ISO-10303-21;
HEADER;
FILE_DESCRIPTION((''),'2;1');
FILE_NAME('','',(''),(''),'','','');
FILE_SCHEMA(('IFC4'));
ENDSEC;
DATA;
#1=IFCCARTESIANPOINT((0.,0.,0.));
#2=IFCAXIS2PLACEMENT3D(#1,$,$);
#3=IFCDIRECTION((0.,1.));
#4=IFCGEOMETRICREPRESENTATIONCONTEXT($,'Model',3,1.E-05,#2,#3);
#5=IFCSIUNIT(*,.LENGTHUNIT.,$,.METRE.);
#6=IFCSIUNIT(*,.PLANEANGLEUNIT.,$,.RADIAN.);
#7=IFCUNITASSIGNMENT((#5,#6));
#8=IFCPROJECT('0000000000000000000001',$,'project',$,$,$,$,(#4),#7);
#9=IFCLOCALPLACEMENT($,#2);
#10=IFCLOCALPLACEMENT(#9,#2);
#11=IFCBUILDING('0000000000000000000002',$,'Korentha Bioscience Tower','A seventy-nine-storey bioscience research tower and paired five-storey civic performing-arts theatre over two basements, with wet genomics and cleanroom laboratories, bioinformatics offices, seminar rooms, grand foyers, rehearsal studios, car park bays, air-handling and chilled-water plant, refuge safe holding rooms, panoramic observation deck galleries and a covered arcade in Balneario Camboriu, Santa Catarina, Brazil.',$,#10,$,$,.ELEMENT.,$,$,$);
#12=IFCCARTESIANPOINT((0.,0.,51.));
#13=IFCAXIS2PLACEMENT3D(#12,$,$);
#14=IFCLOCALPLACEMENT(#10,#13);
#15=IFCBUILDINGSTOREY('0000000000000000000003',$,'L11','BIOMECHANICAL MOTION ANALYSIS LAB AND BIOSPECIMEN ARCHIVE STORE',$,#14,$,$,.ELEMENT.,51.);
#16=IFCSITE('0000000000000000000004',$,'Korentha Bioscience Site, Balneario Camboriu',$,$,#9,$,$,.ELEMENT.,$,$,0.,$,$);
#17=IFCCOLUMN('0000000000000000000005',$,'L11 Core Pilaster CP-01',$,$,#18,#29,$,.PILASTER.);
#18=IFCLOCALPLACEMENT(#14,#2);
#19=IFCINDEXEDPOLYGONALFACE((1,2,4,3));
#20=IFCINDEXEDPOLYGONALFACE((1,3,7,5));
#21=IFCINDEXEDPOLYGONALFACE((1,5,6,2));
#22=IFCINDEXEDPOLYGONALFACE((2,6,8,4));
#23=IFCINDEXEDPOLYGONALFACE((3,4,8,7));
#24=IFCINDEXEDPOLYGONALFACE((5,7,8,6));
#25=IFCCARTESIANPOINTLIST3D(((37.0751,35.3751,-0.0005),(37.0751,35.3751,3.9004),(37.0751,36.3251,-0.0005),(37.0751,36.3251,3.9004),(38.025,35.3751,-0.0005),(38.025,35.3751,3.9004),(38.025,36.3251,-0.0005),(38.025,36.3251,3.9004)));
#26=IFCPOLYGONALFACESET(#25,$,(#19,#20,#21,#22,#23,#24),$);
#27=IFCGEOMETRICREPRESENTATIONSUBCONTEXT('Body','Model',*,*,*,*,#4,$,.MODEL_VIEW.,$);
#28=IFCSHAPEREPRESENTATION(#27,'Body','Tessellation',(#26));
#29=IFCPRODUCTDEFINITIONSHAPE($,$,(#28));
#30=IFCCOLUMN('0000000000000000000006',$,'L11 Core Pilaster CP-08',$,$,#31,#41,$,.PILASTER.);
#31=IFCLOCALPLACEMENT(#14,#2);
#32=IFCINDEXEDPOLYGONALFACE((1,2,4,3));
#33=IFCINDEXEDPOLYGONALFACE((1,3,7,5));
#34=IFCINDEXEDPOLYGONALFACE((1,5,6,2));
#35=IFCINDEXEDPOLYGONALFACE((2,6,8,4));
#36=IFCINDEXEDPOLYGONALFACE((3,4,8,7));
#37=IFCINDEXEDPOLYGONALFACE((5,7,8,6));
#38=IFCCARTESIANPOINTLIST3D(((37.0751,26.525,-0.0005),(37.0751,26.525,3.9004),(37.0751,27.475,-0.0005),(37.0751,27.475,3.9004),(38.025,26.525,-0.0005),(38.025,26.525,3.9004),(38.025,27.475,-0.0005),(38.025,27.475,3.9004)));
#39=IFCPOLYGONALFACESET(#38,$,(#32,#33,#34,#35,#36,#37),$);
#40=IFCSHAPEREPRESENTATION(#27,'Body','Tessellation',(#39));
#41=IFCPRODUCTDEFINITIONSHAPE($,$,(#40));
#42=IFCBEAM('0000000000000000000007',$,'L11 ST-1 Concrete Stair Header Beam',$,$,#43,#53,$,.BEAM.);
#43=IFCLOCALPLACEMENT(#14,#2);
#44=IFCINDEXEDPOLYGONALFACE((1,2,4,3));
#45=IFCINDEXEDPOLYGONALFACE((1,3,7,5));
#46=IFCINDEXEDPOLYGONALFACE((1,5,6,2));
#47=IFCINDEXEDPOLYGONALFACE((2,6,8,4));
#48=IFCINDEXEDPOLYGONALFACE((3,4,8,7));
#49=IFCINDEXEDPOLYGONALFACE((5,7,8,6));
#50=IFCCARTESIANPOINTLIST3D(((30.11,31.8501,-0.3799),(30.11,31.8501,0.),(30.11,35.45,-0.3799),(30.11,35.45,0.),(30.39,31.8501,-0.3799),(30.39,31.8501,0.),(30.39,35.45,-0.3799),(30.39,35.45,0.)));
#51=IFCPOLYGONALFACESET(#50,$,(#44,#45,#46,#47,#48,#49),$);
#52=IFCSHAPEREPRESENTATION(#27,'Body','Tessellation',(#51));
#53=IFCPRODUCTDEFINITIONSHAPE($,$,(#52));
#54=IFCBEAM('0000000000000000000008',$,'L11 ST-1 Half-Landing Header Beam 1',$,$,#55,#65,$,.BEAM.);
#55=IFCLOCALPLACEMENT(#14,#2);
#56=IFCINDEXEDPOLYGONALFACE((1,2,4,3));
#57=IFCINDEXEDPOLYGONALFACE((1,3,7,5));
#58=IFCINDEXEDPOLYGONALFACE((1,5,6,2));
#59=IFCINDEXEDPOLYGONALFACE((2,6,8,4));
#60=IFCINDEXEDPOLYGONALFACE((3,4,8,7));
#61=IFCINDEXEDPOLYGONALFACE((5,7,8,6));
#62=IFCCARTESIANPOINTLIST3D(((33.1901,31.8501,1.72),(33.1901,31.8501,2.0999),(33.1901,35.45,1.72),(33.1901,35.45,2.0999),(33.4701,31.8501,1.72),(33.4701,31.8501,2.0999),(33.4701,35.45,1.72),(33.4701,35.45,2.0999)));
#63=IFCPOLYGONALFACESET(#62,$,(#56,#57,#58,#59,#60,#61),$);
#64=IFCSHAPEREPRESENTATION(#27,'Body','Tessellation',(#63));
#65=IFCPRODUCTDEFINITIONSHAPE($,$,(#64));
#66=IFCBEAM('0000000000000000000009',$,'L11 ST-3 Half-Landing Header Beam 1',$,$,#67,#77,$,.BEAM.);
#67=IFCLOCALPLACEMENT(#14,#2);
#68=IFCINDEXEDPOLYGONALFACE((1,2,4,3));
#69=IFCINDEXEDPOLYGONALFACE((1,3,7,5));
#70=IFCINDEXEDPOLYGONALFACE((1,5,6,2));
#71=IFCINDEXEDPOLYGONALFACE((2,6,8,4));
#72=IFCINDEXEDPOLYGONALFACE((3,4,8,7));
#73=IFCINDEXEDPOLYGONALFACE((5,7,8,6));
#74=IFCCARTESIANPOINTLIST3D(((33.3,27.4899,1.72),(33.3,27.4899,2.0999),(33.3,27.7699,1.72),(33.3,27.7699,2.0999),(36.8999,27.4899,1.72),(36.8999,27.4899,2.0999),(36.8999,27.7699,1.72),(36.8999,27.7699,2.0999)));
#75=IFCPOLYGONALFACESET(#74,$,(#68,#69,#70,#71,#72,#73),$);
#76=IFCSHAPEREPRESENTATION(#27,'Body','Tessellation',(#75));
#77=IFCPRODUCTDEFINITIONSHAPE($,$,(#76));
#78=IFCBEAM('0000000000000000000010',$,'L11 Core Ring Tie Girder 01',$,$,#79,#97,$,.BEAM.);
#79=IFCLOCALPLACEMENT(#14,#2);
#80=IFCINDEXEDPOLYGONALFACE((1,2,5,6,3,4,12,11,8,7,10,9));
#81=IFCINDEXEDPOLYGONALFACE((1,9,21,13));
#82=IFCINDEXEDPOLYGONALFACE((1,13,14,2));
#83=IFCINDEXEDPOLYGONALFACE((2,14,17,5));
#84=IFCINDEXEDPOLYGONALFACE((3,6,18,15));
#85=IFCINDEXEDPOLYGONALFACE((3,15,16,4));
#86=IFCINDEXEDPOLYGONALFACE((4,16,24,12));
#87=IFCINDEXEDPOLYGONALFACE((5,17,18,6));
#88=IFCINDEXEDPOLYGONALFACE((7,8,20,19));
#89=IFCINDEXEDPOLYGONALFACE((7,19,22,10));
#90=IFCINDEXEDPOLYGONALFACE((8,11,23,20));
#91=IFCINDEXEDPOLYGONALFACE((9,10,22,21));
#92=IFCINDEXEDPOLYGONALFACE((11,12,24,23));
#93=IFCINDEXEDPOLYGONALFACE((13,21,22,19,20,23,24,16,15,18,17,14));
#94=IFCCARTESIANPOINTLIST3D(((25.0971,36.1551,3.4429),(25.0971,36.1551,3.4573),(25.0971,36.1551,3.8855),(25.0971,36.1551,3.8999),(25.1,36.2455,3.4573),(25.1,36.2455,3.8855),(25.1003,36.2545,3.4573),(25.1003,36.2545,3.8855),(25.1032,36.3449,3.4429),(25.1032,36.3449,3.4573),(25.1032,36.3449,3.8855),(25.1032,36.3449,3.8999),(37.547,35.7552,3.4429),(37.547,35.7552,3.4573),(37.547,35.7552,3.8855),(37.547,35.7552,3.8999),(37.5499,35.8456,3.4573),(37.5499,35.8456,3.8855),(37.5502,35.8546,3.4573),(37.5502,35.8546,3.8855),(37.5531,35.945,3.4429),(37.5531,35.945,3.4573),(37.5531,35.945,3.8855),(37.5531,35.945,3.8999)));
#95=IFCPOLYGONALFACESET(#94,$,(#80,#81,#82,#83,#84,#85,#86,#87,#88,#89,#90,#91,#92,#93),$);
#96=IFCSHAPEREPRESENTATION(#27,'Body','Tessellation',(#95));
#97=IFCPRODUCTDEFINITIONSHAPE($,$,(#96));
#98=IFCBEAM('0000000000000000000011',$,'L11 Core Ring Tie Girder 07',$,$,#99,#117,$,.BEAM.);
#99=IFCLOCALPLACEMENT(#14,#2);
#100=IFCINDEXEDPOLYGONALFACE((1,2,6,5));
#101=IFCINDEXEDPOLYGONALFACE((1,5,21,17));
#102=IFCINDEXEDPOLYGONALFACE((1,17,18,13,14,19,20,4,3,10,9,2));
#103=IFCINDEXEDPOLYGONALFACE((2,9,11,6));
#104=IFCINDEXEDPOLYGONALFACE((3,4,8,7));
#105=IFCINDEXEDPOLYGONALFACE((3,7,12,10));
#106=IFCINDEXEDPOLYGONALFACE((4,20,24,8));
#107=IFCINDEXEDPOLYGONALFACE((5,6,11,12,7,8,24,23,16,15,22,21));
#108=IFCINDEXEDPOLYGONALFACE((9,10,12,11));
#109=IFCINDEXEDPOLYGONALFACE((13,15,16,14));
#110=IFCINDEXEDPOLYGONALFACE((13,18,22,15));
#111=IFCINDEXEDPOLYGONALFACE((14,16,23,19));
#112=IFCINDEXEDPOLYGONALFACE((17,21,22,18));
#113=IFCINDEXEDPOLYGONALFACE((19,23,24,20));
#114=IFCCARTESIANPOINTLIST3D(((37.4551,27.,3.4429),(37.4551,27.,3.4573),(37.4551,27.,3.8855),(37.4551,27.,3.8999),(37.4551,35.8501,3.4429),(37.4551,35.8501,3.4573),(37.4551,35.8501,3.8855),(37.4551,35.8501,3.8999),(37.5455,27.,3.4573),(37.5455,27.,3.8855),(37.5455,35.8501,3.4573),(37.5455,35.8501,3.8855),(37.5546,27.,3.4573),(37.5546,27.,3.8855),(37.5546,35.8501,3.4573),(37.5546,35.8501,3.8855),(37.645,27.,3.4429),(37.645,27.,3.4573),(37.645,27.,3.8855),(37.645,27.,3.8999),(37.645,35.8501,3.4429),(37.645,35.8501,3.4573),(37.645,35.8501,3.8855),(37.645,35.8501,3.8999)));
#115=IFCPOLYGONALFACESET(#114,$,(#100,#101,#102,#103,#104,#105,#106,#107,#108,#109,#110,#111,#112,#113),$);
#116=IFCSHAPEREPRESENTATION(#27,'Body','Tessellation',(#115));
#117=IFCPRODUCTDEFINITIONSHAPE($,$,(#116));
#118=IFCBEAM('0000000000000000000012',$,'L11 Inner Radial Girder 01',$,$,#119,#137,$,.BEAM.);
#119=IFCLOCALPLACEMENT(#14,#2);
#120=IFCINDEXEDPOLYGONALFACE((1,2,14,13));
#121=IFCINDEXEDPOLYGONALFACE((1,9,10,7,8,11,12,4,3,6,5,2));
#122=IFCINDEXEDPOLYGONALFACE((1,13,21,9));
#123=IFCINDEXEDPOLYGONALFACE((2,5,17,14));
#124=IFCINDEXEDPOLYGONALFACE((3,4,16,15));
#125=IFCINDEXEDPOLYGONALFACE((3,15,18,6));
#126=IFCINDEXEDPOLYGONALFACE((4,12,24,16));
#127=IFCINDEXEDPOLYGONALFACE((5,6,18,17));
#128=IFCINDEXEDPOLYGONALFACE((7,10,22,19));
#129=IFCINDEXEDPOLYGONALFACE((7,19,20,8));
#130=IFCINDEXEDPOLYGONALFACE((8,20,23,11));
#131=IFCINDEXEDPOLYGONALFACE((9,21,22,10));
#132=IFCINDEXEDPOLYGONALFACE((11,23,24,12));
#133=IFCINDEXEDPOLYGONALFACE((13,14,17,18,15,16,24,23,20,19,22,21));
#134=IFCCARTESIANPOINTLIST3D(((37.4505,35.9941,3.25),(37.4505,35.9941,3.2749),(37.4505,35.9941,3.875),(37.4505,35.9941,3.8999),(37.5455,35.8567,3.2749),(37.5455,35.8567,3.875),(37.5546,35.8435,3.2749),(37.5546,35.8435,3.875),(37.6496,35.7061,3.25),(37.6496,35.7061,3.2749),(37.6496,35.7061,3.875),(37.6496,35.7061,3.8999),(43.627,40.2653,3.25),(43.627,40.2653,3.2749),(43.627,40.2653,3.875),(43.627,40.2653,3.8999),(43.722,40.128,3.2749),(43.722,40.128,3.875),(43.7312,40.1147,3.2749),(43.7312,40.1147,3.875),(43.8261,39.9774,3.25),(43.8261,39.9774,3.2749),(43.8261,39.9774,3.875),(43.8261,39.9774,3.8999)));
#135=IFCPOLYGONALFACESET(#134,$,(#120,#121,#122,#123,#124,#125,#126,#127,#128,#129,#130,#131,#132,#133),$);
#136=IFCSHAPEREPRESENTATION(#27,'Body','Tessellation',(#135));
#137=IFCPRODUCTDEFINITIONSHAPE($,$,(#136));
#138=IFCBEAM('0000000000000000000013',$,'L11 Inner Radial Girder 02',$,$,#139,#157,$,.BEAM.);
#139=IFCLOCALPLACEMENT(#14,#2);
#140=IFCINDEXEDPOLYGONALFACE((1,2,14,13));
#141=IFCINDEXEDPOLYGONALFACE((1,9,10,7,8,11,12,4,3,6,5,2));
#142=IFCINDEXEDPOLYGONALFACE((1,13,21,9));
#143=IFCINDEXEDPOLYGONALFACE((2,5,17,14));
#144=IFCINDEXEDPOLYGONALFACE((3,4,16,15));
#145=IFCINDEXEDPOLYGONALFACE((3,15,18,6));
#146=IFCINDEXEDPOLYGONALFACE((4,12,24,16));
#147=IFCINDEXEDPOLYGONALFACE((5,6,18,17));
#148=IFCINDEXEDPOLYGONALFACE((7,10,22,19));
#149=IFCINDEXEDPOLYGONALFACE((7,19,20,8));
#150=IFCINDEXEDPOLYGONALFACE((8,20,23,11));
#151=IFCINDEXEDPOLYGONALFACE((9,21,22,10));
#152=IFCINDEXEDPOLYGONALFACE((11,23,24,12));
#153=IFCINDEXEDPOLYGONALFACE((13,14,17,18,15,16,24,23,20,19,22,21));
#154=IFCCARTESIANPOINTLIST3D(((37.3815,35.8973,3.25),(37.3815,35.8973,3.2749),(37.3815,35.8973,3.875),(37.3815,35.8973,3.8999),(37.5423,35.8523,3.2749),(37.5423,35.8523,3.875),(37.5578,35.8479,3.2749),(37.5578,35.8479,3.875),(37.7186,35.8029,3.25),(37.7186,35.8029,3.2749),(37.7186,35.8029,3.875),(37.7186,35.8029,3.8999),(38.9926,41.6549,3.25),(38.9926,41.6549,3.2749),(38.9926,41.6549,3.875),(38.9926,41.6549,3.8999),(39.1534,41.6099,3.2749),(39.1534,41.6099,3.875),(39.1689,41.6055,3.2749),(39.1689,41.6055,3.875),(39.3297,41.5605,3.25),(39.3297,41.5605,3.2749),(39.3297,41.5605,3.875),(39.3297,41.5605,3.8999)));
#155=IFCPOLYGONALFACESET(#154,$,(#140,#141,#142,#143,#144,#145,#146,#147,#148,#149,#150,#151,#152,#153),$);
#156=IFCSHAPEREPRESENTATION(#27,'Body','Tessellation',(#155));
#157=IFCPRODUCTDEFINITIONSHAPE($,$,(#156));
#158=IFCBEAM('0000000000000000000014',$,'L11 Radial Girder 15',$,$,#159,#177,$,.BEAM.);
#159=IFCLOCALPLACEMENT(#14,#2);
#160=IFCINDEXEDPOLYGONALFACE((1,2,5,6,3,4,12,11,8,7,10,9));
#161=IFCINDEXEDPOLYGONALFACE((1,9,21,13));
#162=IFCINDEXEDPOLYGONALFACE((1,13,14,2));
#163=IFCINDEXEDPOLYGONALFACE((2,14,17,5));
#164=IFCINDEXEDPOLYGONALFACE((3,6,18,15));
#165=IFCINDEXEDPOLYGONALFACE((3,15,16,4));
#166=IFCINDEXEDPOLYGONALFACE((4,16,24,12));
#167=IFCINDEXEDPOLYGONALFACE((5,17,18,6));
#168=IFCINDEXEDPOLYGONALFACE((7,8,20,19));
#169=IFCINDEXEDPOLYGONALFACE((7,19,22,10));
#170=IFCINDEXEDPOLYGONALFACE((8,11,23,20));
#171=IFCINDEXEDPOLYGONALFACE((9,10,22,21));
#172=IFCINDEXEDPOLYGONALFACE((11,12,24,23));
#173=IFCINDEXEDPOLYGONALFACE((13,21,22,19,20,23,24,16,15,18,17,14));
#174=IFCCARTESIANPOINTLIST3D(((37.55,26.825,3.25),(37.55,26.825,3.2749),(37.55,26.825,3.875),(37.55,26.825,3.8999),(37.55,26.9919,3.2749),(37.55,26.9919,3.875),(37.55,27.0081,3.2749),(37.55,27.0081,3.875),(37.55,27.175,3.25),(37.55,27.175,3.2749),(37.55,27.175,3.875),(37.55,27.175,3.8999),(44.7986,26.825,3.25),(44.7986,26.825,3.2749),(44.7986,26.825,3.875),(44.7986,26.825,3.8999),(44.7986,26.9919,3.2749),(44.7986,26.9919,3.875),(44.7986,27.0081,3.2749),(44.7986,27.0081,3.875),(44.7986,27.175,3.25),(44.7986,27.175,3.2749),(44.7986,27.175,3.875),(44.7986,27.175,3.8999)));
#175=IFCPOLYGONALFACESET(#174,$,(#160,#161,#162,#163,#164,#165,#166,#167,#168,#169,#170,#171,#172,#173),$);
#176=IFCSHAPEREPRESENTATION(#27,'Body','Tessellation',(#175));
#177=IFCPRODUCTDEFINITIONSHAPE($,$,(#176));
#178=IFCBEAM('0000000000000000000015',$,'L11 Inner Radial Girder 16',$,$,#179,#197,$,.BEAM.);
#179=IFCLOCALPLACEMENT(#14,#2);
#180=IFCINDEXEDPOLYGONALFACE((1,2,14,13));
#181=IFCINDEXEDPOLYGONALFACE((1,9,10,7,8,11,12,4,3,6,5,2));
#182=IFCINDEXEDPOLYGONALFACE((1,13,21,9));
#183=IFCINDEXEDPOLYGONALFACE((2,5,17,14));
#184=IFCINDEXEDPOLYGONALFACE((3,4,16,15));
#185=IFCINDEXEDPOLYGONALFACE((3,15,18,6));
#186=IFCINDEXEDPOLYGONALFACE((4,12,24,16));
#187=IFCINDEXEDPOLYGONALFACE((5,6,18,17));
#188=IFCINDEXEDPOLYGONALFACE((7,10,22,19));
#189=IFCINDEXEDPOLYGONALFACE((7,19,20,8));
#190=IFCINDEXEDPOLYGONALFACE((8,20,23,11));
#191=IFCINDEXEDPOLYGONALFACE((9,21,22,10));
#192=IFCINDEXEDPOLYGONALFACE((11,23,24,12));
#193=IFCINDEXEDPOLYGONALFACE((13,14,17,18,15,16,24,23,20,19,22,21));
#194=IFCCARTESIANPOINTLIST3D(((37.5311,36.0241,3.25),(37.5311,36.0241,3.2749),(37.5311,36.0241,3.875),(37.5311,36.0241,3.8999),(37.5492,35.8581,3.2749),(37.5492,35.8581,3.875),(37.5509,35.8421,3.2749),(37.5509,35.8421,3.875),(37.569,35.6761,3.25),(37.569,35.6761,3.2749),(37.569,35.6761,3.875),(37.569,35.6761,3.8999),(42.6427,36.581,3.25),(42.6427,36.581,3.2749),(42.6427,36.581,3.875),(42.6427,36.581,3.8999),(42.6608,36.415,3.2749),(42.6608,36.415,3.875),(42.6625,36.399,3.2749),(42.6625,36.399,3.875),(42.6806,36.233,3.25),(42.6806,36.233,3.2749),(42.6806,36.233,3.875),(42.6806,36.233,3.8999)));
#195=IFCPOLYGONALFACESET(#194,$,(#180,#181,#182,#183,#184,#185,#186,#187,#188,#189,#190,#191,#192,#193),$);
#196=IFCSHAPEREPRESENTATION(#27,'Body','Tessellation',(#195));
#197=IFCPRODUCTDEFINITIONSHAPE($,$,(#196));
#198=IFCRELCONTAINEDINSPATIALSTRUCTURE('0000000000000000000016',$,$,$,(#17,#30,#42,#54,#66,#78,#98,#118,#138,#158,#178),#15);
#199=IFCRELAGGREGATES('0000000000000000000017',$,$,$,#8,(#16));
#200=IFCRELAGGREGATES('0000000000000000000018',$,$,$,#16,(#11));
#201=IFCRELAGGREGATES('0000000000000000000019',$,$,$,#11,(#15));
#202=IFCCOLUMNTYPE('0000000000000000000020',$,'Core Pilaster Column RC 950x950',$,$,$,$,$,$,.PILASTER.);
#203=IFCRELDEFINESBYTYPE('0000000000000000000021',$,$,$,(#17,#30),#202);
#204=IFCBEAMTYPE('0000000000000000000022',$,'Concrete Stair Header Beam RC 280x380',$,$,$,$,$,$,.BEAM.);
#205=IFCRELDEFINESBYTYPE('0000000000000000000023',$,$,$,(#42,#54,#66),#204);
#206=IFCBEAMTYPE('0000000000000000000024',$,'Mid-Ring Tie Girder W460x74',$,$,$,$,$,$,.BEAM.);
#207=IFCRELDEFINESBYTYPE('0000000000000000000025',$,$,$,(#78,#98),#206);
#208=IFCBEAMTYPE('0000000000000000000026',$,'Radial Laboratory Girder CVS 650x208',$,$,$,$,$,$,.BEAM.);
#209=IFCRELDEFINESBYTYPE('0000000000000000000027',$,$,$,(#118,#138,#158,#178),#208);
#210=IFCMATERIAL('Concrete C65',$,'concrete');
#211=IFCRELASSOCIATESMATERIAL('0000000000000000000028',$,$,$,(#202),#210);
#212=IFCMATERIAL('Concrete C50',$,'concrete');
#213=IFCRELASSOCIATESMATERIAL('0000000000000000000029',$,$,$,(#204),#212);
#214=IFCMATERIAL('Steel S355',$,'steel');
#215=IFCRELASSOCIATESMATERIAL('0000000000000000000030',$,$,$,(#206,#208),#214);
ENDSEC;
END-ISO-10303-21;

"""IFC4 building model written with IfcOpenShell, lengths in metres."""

from ifc_helpers import new_model, si_unit, direction, frame, origin, origin_2d, place, context, subcontext, project, spatial, rectangle, i_section, extrude, material, material_profile, profile_set, type_object, element, save


model = new_model("IFC4")

# Units and contexts
model_context = context("Model", 3, precision=1e-05, world=origin(), true_north=direction((0.0, 1.0)))
body_context = subcontext(model_context, "Body", "Model", "MODEL_VIEW")
ifc_project = project(units=[si_unit("LENGTHUNIT", "METRE"), si_unit("PLANEANGLEUNIT", "RADIAN")], contexts=[model_context])

# Site, building, storey
site_placement = place(None, origin())
site = spatial("IfcSite", under=ifc_project, at=site_placement, Name="Korentha Bioscience Site, Balneario Camboriu", CompositionType="ELEMENT", RefElevation=0.0)
building_placement = place(site_placement, origin())
building = spatial("IfcBuilding", under=site, at=building_placement, Name="Korentha Bioscience Tower", Description="A seventy-nine-storey bioscience research tower and paired five-storey civic performing-arts theatre over two basements, with wet genomics and cleanroom laboratories, bioinformatics offices, seminar rooms, grand foyers, rehearsal studios, car park bays, air-handling and chilled-water plant, refuge safe holding rooms, panoramic observation deck galleries and a covered arcade in Balneario Camboriu, Santa Catarina, Brazil.", CompositionType="ELEMENT")
storey_placement = place(building_placement, frame((0.0, 0.0, 51.0)))
storey = spatial("IfcBuildingStorey", under=building, at=storey_placement, Name="L11", Description="BIOMECHANICAL MOTION ANALYSIS LAB AND BIOSPECIMEN ARCHIVE STORE", CompositionType="ELEMENT", Elevation=51.0)

# Columns
ifc_material_1 = material(Name="Concrete C65", Category="concrete")
ifc_material_profile_1 = material_profile(ifc_material_1, rectangle(XDim=0.95, YDim=0.95, at=origin_2d()), Name="Concrete C65")
ifc_profile_set_1 = profile_set([ifc_material_profile_1], Name="Concrete C65 (COL-CP09)")
column_type = type_object("IfcColumnType", Name="Core Pilaster Column RC 950x950", PredefinedType="PILASTER", material=ifc_profile_set_1)
for number, where, z_axis, x_axis, name in (
    (1, (37.55, 35.8501, -0.0005), (0.0, 0.0, 1.0), (1.0, 0.0, 0.0), "L11 Core Pilaster CP-01"),
    (2, (37.55, 27.0, -0.0005), (0.0, 0.0, 1.0), (1.0, 0.0, 0.0), "L11 Core Pilaster CP-08"),
):
    element("IfcColumn", number, at=place(storey_placement, frame(where, z_axis=z_axis, x_axis=x_axis)), inside=storey, type_object=column_type, Name=name, PredefinedType="PILASTER", context=body_context, shape_type="SweptSolid", body=[
        extrude(rectangle(XDim=0.95, YDim=0.95, at=origin_2d()), origin(), (0.0, 0.0, 1.0), 3.9009),
    ])

# Beams
ifc_material_2 = material(Name="Concrete C50", Category="concrete")
ifc_material_profile_2 = material_profile(ifc_material_2, rectangle(XDim=0.28, YDim=0.3799, at=origin_2d()), Name="Concrete C50")
ifc_profile_set_2 = profile_set([ifc_material_profile_2], Name="Concrete C50 (ST-HB380)")
beam_type_1 = type_object("IfcBeamType", Name="Concrete Stair Header Beam RC 280x380", PredefinedType="BEAM", material=ifc_profile_set_2)
for number, where, z_axis, x_axis, name in (
    (3, (30.25, 31.8501, -0.1899), (0.0, 1.0, 0.0), (-1.0, 0.0, 0.0), "L11 ST-1 Concrete Stair Header Beam"),
    (4, (33.3301, 31.8501, 1.9099), (0.0, 1.0, 0.0), (-1.0, 0.0, 0.0), "L11 ST-1 Half-Landing Header Beam 1"),
    (5, (36.8999, 27.6299, 1.9099), (-1.0, 0.0, 0.0), (0.0, -1.0, 0.0), "L11 ST-3 Half-Landing Header Beam 1"),
):
    element("IfcBeam", number, at=place(storey_placement, frame(where, z_axis=z_axis, x_axis=x_axis)), inside=storey, type_object=beam_type_1, Name=name, PredefinedType="BEAM", context=body_context, shape_type="SweptSolid", body=[
        extrude(rectangle(XDim=0.28, YDim=0.3799, at=origin_2d()), origin(), (0.0, 0.0, 1.0), 3.5999),
    ])
ifc_material_3 = material(Name="Steel S355", Category="steel")
ifc_material_profile_3 = material_profile(ifc_material_3, i_section(OverallWidth=0.1899, OverallDepth=0.457, WebThickness=0.009, FlangeThickness=0.0144, at=origin_2d()), Name="Steel S355")
ifc_profile_set_3 = profile_set([ifc_material_profile_3], Name="Steel S355 (MB-460)")
beam_type_2 = type_object("IfcBeamType", Name="Mid-Ring Tie Girder W460x74", PredefinedType="BEAM", material=ifc_profile_set_3)
beam_1_placement = place(storey_placement, frame((37.55, 35.8501, 3.6714), z_axis=(-0.999485, 0.032104, 0.0), x_axis=(-0.032104, -0.999485, 0.0)))
element("IfcBeam", 6, at=beam_1_placement, inside=storey, type_object=beam_type_2, Name="L11 Core Ring Tie Girder 01", PredefinedType="BEAM", context=body_context, shape_type="SweptSolid", body=[
    extrude(i_section(OverallWidth=0.1899, OverallDepth=0.457, WebThickness=0.009, FlangeThickness=0.0144, at=origin_2d()), origin(), (0.0, 0.0, 1.0), 12.4563),
])
beam_2_placement = place(storey_placement, frame((37.55, 27.0, 3.6714), z_axis=(0.0, 1.0, 0.0), x_axis=(-1.0, 0.0, 0.0)))
element("IfcBeam", 7, at=beam_2_placement, inside=storey, type_object=beam_type_2, Name="L11 Core Ring Tie Girder 07", PredefinedType="BEAM", context=body_context, shape_type="SweptSolid", body=[
    extrude(i_section(OverallWidth=0.1899, OverallDepth=0.457, WebThickness=0.009, FlangeThickness=0.0144, at=origin_2d()), origin(), (0.0, 0.0, 1.0), 8.8501),
])
ifc_material_profile_4 = material_profile(ifc_material_3, i_section(OverallWidth=0.3501, OverallDepth=0.6499, WebThickness=0.0161, FlangeThickness=0.0249, at=origin_2d()), Name="Steel S355")
ifc_profile_set_4 = profile_set([ifc_material_profile_4], Name="Steel S355 (RB-650)")
beam_type_3 = type_object("IfcBeamType", Name="Radial Laboratory Girder CVS 650x208", PredefinedType="BEAM", material=ifc_profile_set_4)
beam_3_placement = place(storey_placement, frame((37.55, 35.8501, 3.575), z_axis=(0.822492, 0.568777, 0.0), x_axis=(-0.568777, 0.822492, 0.0)))
element("IfcBeam", 8, at=beam_3_placement, inside=storey, type_object=beam_type_3, Name="L11 Inner Radial Girder 01", PredefinedType="BEAM", context=body_context, shape_type="SweptSolid", body=[
    extrude(i_section(OverallWidth=0.3501, OverallDepth=0.6499, WebThickness=0.0161, FlangeThickness=0.0249, at=origin_2d()), origin(), (0.0, 0.0, 1.0), 7.5095),
])
beam_4_placement = place(storey_placement, frame((37.55, 35.8501, 3.575), z_axis=(0.269469, 0.963009, 0.0), x_axis=(-0.963009, 0.269469, 0.0)))
element("IfcBeam", 9, at=beam_4_placement, inside=storey, type_object=beam_type_3, Name="L11 Inner Radial Girder 02", PredefinedType="BEAM", context=body_context, shape_type="SweptSolid", body=[
    extrude(i_section(OverallWidth=0.3501, OverallDepth=0.6499, WebThickness=0.0161, FlangeThickness=0.0249, at=origin_2d()), origin(), (0.0, 0.0, 1.0), 5.9788),
])
beam_5_placement = place(storey_placement, frame((37.55, 27.0, 3.575), z_axis=(1.0, 0.0, 0.0), x_axis=(0.0, 1.0, 0.0)))
element("IfcBeam", 10, at=beam_5_placement, inside=storey, type_object=beam_type_3, Name="L11 Radial Girder 15", PredefinedType="BEAM", context=body_context, shape_type="SweptSolid", body=[
    extrude(i_section(OverallWidth=0.3501, OverallDepth=0.6499, WebThickness=0.0161, FlangeThickness=0.0249, at=origin_2d()), origin(), (0.0, 0.0, 1.0), 7.2485),
])
beam_6_placement = place(storey_placement, frame((37.55, 35.8501, 3.575), z_axis=(0.994118, 0.108305, 0.0), x_axis=(-0.108305, 0.994118, 0.0)))
element("IfcBeam", 11, at=beam_6_placement, inside=storey, type_object=beam_type_3, Name="L11 Inner Radial Girder 16", PredefinedType="BEAM", context=body_context, shape_type="SweptSolid", body=[
    extrude(i_section(OverallWidth=0.3501, OverallDepth=0.6499, WebThickness=0.0161, FlangeThickness=0.0249, at=origin_2d()), origin(), (0.0, 0.0, 1.0), 5.1418),
])

save(model, "model.ifc")
